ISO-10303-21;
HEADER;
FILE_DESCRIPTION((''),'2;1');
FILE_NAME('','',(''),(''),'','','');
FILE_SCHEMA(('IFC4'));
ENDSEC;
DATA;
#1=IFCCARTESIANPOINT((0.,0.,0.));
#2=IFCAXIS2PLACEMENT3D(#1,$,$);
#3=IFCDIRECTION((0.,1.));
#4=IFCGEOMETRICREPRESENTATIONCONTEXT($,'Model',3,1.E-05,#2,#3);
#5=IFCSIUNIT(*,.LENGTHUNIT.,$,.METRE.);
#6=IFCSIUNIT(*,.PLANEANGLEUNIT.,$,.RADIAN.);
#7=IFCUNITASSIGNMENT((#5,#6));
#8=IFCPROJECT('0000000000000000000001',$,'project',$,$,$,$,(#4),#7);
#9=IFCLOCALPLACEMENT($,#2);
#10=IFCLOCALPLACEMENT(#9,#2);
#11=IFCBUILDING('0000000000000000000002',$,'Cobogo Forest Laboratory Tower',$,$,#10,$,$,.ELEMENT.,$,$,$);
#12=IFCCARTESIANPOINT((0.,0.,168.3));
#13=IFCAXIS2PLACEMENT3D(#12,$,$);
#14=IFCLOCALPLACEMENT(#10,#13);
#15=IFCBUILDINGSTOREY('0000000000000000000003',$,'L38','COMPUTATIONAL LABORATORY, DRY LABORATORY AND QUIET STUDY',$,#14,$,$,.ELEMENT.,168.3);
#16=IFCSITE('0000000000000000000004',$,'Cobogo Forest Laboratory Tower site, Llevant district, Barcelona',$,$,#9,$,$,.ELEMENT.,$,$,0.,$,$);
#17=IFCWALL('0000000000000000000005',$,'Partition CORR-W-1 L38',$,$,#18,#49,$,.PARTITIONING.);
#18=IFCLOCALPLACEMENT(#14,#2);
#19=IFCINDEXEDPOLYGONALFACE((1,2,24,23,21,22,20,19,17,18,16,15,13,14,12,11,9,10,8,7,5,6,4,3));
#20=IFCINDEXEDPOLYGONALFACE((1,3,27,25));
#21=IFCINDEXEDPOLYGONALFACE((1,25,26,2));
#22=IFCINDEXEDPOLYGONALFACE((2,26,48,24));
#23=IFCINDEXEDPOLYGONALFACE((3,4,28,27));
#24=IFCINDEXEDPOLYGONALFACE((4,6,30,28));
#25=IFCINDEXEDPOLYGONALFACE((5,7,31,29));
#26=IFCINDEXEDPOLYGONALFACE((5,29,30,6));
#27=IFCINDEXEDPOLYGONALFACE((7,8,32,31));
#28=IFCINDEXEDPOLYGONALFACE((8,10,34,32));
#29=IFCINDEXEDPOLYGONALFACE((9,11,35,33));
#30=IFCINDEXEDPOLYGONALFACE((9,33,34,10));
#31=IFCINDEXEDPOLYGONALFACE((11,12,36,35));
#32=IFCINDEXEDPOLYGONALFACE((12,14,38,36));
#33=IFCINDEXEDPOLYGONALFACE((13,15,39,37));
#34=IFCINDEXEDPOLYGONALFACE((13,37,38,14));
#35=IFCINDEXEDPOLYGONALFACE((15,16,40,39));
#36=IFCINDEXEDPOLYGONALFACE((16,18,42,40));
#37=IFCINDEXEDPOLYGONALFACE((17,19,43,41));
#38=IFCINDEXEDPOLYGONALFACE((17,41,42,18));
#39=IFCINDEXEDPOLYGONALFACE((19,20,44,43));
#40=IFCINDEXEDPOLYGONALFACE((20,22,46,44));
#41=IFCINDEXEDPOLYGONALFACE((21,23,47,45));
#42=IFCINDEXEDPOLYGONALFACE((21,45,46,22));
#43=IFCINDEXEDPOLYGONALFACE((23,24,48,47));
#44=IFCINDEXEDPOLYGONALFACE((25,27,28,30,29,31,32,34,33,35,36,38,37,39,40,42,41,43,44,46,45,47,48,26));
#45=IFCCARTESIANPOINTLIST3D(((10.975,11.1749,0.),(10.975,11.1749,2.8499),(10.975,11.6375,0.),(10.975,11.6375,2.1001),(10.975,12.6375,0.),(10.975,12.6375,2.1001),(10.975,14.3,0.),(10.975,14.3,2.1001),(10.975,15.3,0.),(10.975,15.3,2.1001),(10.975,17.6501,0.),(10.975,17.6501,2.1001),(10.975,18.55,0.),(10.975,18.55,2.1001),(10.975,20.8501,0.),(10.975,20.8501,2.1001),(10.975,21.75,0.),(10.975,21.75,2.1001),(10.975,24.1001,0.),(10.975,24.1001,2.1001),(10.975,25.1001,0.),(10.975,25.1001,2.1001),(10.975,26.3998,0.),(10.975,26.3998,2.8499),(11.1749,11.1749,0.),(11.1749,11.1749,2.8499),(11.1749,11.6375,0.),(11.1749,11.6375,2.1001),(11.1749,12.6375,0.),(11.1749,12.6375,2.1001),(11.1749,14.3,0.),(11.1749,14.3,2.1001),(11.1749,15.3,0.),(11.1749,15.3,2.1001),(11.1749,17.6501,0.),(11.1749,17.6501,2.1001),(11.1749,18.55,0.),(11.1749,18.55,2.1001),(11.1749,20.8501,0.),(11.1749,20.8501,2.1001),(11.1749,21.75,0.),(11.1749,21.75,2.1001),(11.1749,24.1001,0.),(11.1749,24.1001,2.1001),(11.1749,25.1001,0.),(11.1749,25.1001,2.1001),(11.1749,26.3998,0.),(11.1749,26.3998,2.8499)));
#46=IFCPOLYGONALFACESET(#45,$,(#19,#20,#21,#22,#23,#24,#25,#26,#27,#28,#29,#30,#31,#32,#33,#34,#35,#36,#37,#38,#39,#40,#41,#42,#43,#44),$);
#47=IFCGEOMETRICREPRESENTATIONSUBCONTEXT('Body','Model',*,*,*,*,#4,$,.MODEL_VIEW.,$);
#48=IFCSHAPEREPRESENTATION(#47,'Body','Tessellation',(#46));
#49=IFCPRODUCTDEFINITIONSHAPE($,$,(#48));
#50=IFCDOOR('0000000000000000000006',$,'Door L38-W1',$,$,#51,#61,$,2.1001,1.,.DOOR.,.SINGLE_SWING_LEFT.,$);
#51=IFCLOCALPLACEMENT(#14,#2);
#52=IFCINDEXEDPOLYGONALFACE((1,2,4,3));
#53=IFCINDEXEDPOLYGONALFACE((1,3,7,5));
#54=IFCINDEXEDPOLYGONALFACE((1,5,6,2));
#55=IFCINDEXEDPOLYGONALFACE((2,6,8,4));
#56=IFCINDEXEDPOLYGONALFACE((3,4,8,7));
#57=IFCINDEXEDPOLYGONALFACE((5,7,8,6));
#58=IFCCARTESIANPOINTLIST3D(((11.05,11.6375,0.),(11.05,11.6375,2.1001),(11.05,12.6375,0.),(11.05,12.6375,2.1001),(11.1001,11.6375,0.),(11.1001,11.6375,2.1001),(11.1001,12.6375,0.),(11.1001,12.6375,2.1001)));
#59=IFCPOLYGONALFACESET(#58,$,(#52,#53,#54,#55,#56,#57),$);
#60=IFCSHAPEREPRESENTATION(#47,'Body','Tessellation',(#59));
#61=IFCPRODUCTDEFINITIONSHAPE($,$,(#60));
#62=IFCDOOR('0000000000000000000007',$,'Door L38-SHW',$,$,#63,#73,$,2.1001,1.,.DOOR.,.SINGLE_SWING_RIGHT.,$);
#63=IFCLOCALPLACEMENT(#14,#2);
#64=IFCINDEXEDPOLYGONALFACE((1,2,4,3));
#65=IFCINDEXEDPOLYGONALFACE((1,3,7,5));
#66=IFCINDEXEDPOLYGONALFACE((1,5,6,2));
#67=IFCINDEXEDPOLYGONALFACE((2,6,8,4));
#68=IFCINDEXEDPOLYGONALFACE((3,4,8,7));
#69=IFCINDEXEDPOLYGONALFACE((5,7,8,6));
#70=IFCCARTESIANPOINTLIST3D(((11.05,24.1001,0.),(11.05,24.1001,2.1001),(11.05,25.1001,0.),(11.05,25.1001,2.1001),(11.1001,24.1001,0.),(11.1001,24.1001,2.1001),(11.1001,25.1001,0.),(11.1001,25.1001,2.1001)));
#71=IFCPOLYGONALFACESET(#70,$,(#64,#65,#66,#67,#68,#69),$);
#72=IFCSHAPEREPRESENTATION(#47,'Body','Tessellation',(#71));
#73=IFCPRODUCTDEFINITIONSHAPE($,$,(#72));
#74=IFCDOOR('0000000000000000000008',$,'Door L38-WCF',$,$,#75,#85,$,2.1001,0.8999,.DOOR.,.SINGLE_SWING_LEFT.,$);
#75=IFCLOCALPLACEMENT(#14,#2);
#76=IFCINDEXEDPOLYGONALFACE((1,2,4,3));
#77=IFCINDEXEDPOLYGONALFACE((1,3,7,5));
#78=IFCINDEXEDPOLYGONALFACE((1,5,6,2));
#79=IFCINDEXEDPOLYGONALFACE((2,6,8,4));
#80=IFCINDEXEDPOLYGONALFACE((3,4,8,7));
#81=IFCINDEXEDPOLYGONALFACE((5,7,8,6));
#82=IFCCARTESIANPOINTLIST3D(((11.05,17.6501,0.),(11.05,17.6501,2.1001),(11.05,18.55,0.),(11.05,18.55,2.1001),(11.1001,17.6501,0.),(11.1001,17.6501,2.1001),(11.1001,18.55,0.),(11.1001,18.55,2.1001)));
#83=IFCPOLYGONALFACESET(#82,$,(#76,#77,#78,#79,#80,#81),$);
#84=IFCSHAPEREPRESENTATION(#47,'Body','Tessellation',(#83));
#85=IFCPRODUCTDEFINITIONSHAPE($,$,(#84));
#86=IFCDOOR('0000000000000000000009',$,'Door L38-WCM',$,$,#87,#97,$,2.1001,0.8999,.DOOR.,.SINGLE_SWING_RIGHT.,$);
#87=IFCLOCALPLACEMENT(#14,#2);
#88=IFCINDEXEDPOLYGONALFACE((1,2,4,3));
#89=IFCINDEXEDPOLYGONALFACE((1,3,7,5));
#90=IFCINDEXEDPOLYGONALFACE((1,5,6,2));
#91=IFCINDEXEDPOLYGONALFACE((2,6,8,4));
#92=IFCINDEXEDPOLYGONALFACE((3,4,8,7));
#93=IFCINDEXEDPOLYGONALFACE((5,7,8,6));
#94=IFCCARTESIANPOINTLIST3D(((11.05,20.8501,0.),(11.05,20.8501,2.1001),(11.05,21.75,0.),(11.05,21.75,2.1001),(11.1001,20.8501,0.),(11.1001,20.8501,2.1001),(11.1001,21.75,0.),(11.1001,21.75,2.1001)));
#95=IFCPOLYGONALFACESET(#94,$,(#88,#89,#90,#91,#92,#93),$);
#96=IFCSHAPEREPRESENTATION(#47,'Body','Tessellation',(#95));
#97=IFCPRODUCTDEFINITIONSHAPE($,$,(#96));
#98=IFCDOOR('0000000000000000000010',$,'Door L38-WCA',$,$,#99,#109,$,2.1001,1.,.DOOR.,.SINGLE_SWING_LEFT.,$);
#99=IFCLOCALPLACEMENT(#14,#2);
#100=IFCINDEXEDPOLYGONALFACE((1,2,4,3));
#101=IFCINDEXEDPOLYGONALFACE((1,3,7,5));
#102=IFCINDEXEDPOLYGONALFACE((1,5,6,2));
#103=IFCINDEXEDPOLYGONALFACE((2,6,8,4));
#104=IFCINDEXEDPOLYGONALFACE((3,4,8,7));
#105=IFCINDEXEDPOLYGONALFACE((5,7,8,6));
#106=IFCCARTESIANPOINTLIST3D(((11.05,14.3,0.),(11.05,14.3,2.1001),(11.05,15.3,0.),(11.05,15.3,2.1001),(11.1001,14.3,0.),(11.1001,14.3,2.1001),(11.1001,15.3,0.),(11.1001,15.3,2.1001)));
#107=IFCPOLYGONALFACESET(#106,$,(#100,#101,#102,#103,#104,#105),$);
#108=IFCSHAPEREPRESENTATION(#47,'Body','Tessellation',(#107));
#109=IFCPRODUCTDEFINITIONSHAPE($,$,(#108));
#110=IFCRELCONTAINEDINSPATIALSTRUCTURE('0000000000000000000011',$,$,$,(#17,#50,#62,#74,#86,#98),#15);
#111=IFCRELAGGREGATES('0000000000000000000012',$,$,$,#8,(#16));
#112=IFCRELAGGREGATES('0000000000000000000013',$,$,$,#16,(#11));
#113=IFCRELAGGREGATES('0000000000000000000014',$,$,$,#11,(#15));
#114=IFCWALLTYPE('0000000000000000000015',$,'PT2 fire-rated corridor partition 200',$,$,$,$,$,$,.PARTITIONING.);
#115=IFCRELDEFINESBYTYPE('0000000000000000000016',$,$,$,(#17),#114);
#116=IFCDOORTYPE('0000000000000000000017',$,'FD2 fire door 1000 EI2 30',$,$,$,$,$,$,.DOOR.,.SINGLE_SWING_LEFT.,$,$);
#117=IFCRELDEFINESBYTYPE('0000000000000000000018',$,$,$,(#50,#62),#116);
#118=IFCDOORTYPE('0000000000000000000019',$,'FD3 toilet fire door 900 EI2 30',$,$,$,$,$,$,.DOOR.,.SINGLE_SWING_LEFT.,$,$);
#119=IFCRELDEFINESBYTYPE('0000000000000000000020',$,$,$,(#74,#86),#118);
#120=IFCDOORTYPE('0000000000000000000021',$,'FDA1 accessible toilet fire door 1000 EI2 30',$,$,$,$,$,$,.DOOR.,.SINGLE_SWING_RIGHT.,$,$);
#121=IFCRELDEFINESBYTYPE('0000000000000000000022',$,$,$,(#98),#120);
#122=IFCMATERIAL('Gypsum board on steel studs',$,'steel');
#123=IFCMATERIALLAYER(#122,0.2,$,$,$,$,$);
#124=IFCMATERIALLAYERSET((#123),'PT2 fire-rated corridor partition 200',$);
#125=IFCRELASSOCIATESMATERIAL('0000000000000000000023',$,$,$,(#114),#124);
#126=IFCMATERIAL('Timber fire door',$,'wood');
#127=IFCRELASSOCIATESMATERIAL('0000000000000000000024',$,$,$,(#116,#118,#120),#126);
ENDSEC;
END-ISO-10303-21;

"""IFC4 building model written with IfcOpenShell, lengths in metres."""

from ifc_helpers import new_model, si_unit, direction, frame, frame_2d, origin, place, context, subcontext, project, spatial, rectangle, extrude, material, layer, layer_set, type_object, element, fill, save


model = new_model("IFC4")

# Units and contexts
model_context = context("Model", 3, precision=1e-05, world=origin(), true_north=direction((0.0, 1.0)))
body_context = subcontext(model_context, "Body", "Model", "MODEL_VIEW")
ifc_project = project(units=[si_unit("LENGTHUNIT", "METRE"), si_unit("PLANEANGLEUNIT", "RADIAN")], contexts=[model_context])

# Site, building, storey
site_placement = place(None, origin())
site = spatial("IfcSite", under=ifc_project, at=site_placement, Name="Cobogo Forest Laboratory Tower site, Llevant district, Barcelona", CompositionType="ELEMENT", RefElevation=0.0)
building_placement = place(site_placement, origin())
building = spatial("IfcBuilding", under=site, at=building_placement, Name="Cobogo Forest Laboratory Tower", CompositionType="ELEMENT")
storey_placement = place(building_placement, frame((0.0, 0.0, 168.3)))
storey = spatial("IfcBuildingStorey", under=building, at=storey_placement, Name="L38", Description="COMPUTATIONAL LABORATORY, DRY LABORATORY AND QUIET STUDY", CompositionType="ELEMENT", Elevation=168.3)

# Shared definitions
ifc_material_1 = material(Name="Gypsum board on steel studs", Category="steel")

# Wall, openings, doors
ifc_layer_1 = layer(ifc_material_1, 0.2)
ifc_layer_set_1 = layer_set([ifc_layer_1], Name="PT2 fire-rated corridor partition 200")
wall_type_1 = type_object("IfcWallType", Name="PT2 fire-rated corridor partition 200", PredefinedType="PARTITIONING", material=ifc_layer_set_1)
ifc_material_2 = material(Name="Timber fire door", Category="wood")
door_type_1 = type_object("IfcDoorType", Name="FD2 fire door 1000 EI2 30", OperationType="SINGLE_SWING_LEFT", PredefinedType="DOOR", material=ifc_material_2)
wall_1_placement = place(storey_placement, frame((11.075, 11.175, 0.0), z_axis=(0.0, 0.0, 1.0), x_axis=(0.0, 1.0, 0.0)))
wall_1 = element("IfcWall", 1, at=wall_1_placement, inside=storey, type_object=wall_type_1, Name="Partition CORR-W-1 L38", PredefinedType="PARTITIONING", context=body_context, shape_type="SweptSolid", body=[
    extrude(rectangle(XDim=15.2249, YDim=0.2, at=frame_2d((7.6123, 0.0))), origin(), (0.0, 0.0, 1.0), 2.8499),
])
opening_1_placement = place(wall_1_placement, frame((0.4624, 0.0, 0.0)))
opening_1 = element("IfcOpeningElement", 2, at=opening_1_placement, cuts=wall_1, PredefinedType="OPENING", context=body_context, shape_type="SweptSolid", body=[
    extrude(rectangle(XDim=1.0, YDim=2.1001, at=frame_2d((0.5, 1.05))), frame((0.0, 0.1099, 0.0), z_axis=(0.0, -1.0, 0.0), x_axis=(1.0, 0.0, 0.0)), (0.0, 0.0, 1.0), 0.22),
])
opening_2_placement = place(wall_1_placement, frame((3.125, 0.0, 0.0)))
opening_2 = element("IfcOpeningElement", 3, at=opening_2_placement, cuts=wall_1, PredefinedType="OPENING", context=body_context, shape_type="SweptSolid", body=[
    extrude(rectangle(XDim=1.0, YDim=2.1001, at=frame_2d((0.5, 1.05))), frame((0.0, 0.1099, 0.0), z_axis=(0.0, -1.0, 0.0), x_axis=(1.0, 0.0, 0.0)), (0.0, 0.0, 1.0), 0.22),
])
opening_3_placement = place(wall_1_placement, frame((6.4751, 0.0, 0.0)))
opening_3 = element("IfcOpeningElement", 4, at=opening_3_placement, cuts=wall_1, PredefinedType="OPENING", context=body_context, shape_type="SweptSolid", body=[
    extrude(rectangle(XDim=0.8999, YDim=2.1001, at=frame_2d((0.45, 1.05))), frame((0.0, 0.1099, 0.0), z_axis=(0.0, -1.0, 0.0), x_axis=(1.0, 0.0, 0.0)), (0.0, 0.0, 1.0), 0.22),
])
opening_4_placement = place(wall_1_placement, frame((9.675, 0.0, 0.0)))
opening_4 = element("IfcOpeningElement", 5, at=opening_4_placement, cuts=wall_1, PredefinedType="OPENING", context=body_context, shape_type="SweptSolid", body=[
    extrude(rectangle(XDim=0.8999, YDim=2.1001, at=frame_2d((0.45, 1.05))), frame((0.0, 0.1099, 0.0), z_axis=(0.0, -1.0, 0.0), x_axis=(1.0, 0.0, 0.0)), (0.0, 0.0, 1.0), 0.22),
])
opening_5_placement = place(wall_1_placement, frame((12.925, 0.0, 0.0)))
opening_5 = element("IfcOpeningElement", 6, at=opening_5_placement, cuts=wall_1, PredefinedType="OPENING", context=body_context, shape_type="SweptSolid", body=[
    extrude(rectangle(XDim=1.0, YDim=2.1001, at=frame_2d((0.5, 1.05))), frame((0.0, 0.1099, 0.0), z_axis=(0.0, -1.0, 0.0), x_axis=(1.0, 0.0, 0.0)), (0.0, 0.0, 1.0), 0.22),
])
door_1_placement = place(opening_1_placement, origin())
door_1 = element("IfcDoor", 7, at=door_1_placement, inside=storey, type_object=door_type_1, Name="Door L38-W1", OperationType="SINGLE_SWING_LEFT", OverallHeight=2.1001, OverallWidth=1.0, PredefinedType="DOOR", context=body_context, shape_type="SweptSolid", body=[
    extrude(rectangle(XDim=1.0, YDim=2.1001, at=frame_2d((0.5, 1.05))), frame((0.0, 0.0249, 0.0), z_axis=(0.0, -1.0, 0.0), x_axis=(1.0, 0.0, 0.0)), (0.0, 0.0, 1.0), 0.05),
])
fill(opening_1, door_1)
door_2_placement = place(opening_5_placement, origin())
door_2 = element("IfcDoor", 8, at=door_2_placement, inside=storey, type_object=door_type_1, Name="Door L38-SHW", OperationType="SINGLE_SWING_RIGHT", OverallHeight=2.1001, OverallWidth=1.0, PredefinedType="DOOR", context=body_context, shape_type="SweptSolid", body=[
    extrude(rectangle(XDim=1.0, YDim=2.1001, at=frame_2d((0.5, 1.05))), frame((0.0, 0.0249, 0.0), z_axis=(0.0, -1.0, 0.0), x_axis=(1.0, 0.0, 0.0)), (0.0, 0.0, 1.0), 0.05),
])
fill(opening_5, door_2)
door_type_2 = type_object("IfcDoorType", Name="FD3 toilet fire door 900 EI2 30", OperationType="SINGLE_SWING_LEFT", PredefinedType="DOOR", material=ifc_material_2)
door_3_placement = place(opening_3_placement, origin())
door_3 = element("IfcDoor", 9, at=door_3_placement, inside=storey, type_object=door_type_2, Name="Door L38-WCF", OperationType="SINGLE_SWING_LEFT", OverallHeight=2.1001, OverallWidth=0.8999, PredefinedType="DOOR", context=body_context, shape_type="SweptSolid", body=[
    extrude(rectangle(XDim=0.8999, YDim=2.1001, at=frame_2d((0.45, 1.05))), frame((0.0, 0.0249, 0.0), z_axis=(0.0, -1.0, 0.0), x_axis=(1.0, 0.0, 0.0)), (0.0, 0.0, 1.0), 0.05),
])
fill(opening_3, door_3)
door_4_placement = place(opening_4_placement, origin())
door_4 = element("IfcDoor", 10, at=door_4_placement, inside=storey, type_object=door_type_2, Name="Door L38-WCM", OperationType="SINGLE_SWING_RIGHT", OverallHeight=2.1001, OverallWidth=0.8999, PredefinedType="DOOR", context=body_context, shape_type="SweptSolid", body=[
    extrude(rectangle(XDim=0.8999, YDim=2.1001, at=frame_2d((0.45, 1.05))), frame((0.0, 0.0249, 0.0), z_axis=(0.0, -1.0, 0.0), x_axis=(1.0, 0.0, 0.0)), (0.0, 0.0, 1.0), 0.05),
])
fill(opening_4, door_4)
door_type_3 = type_object("IfcDoorType", Name="FDA1 accessible toilet fire door 1000 EI2 30", OperationType="SINGLE_SWING_RIGHT", PredefinedType="DOOR", material=ifc_material_2)
door_5_placement = place(opening_2_placement, origin())
door_5 = element("IfcDoor", 11, at=door_5_placement, inside=storey, type_object=door_type_3, Name="Door L38-WCA", OperationType="SINGLE_SWING_LEFT", OverallHeight=2.1001, OverallWidth=1.0, PredefinedType="DOOR", context=body_context, shape_type="SweptSolid", body=[
    extrude(rectangle(XDim=1.0, YDim=2.1001, at=frame_2d((0.5, 1.05))), frame((0.0, 0.0249, 0.0), z_axis=(0.0, -1.0, 0.0), x_axis=(1.0, 0.0, 0.0)), (0.0, 0.0, 1.0), 0.05),
])
fill(opening_2, door_5)

save(model, "model.ifc")
